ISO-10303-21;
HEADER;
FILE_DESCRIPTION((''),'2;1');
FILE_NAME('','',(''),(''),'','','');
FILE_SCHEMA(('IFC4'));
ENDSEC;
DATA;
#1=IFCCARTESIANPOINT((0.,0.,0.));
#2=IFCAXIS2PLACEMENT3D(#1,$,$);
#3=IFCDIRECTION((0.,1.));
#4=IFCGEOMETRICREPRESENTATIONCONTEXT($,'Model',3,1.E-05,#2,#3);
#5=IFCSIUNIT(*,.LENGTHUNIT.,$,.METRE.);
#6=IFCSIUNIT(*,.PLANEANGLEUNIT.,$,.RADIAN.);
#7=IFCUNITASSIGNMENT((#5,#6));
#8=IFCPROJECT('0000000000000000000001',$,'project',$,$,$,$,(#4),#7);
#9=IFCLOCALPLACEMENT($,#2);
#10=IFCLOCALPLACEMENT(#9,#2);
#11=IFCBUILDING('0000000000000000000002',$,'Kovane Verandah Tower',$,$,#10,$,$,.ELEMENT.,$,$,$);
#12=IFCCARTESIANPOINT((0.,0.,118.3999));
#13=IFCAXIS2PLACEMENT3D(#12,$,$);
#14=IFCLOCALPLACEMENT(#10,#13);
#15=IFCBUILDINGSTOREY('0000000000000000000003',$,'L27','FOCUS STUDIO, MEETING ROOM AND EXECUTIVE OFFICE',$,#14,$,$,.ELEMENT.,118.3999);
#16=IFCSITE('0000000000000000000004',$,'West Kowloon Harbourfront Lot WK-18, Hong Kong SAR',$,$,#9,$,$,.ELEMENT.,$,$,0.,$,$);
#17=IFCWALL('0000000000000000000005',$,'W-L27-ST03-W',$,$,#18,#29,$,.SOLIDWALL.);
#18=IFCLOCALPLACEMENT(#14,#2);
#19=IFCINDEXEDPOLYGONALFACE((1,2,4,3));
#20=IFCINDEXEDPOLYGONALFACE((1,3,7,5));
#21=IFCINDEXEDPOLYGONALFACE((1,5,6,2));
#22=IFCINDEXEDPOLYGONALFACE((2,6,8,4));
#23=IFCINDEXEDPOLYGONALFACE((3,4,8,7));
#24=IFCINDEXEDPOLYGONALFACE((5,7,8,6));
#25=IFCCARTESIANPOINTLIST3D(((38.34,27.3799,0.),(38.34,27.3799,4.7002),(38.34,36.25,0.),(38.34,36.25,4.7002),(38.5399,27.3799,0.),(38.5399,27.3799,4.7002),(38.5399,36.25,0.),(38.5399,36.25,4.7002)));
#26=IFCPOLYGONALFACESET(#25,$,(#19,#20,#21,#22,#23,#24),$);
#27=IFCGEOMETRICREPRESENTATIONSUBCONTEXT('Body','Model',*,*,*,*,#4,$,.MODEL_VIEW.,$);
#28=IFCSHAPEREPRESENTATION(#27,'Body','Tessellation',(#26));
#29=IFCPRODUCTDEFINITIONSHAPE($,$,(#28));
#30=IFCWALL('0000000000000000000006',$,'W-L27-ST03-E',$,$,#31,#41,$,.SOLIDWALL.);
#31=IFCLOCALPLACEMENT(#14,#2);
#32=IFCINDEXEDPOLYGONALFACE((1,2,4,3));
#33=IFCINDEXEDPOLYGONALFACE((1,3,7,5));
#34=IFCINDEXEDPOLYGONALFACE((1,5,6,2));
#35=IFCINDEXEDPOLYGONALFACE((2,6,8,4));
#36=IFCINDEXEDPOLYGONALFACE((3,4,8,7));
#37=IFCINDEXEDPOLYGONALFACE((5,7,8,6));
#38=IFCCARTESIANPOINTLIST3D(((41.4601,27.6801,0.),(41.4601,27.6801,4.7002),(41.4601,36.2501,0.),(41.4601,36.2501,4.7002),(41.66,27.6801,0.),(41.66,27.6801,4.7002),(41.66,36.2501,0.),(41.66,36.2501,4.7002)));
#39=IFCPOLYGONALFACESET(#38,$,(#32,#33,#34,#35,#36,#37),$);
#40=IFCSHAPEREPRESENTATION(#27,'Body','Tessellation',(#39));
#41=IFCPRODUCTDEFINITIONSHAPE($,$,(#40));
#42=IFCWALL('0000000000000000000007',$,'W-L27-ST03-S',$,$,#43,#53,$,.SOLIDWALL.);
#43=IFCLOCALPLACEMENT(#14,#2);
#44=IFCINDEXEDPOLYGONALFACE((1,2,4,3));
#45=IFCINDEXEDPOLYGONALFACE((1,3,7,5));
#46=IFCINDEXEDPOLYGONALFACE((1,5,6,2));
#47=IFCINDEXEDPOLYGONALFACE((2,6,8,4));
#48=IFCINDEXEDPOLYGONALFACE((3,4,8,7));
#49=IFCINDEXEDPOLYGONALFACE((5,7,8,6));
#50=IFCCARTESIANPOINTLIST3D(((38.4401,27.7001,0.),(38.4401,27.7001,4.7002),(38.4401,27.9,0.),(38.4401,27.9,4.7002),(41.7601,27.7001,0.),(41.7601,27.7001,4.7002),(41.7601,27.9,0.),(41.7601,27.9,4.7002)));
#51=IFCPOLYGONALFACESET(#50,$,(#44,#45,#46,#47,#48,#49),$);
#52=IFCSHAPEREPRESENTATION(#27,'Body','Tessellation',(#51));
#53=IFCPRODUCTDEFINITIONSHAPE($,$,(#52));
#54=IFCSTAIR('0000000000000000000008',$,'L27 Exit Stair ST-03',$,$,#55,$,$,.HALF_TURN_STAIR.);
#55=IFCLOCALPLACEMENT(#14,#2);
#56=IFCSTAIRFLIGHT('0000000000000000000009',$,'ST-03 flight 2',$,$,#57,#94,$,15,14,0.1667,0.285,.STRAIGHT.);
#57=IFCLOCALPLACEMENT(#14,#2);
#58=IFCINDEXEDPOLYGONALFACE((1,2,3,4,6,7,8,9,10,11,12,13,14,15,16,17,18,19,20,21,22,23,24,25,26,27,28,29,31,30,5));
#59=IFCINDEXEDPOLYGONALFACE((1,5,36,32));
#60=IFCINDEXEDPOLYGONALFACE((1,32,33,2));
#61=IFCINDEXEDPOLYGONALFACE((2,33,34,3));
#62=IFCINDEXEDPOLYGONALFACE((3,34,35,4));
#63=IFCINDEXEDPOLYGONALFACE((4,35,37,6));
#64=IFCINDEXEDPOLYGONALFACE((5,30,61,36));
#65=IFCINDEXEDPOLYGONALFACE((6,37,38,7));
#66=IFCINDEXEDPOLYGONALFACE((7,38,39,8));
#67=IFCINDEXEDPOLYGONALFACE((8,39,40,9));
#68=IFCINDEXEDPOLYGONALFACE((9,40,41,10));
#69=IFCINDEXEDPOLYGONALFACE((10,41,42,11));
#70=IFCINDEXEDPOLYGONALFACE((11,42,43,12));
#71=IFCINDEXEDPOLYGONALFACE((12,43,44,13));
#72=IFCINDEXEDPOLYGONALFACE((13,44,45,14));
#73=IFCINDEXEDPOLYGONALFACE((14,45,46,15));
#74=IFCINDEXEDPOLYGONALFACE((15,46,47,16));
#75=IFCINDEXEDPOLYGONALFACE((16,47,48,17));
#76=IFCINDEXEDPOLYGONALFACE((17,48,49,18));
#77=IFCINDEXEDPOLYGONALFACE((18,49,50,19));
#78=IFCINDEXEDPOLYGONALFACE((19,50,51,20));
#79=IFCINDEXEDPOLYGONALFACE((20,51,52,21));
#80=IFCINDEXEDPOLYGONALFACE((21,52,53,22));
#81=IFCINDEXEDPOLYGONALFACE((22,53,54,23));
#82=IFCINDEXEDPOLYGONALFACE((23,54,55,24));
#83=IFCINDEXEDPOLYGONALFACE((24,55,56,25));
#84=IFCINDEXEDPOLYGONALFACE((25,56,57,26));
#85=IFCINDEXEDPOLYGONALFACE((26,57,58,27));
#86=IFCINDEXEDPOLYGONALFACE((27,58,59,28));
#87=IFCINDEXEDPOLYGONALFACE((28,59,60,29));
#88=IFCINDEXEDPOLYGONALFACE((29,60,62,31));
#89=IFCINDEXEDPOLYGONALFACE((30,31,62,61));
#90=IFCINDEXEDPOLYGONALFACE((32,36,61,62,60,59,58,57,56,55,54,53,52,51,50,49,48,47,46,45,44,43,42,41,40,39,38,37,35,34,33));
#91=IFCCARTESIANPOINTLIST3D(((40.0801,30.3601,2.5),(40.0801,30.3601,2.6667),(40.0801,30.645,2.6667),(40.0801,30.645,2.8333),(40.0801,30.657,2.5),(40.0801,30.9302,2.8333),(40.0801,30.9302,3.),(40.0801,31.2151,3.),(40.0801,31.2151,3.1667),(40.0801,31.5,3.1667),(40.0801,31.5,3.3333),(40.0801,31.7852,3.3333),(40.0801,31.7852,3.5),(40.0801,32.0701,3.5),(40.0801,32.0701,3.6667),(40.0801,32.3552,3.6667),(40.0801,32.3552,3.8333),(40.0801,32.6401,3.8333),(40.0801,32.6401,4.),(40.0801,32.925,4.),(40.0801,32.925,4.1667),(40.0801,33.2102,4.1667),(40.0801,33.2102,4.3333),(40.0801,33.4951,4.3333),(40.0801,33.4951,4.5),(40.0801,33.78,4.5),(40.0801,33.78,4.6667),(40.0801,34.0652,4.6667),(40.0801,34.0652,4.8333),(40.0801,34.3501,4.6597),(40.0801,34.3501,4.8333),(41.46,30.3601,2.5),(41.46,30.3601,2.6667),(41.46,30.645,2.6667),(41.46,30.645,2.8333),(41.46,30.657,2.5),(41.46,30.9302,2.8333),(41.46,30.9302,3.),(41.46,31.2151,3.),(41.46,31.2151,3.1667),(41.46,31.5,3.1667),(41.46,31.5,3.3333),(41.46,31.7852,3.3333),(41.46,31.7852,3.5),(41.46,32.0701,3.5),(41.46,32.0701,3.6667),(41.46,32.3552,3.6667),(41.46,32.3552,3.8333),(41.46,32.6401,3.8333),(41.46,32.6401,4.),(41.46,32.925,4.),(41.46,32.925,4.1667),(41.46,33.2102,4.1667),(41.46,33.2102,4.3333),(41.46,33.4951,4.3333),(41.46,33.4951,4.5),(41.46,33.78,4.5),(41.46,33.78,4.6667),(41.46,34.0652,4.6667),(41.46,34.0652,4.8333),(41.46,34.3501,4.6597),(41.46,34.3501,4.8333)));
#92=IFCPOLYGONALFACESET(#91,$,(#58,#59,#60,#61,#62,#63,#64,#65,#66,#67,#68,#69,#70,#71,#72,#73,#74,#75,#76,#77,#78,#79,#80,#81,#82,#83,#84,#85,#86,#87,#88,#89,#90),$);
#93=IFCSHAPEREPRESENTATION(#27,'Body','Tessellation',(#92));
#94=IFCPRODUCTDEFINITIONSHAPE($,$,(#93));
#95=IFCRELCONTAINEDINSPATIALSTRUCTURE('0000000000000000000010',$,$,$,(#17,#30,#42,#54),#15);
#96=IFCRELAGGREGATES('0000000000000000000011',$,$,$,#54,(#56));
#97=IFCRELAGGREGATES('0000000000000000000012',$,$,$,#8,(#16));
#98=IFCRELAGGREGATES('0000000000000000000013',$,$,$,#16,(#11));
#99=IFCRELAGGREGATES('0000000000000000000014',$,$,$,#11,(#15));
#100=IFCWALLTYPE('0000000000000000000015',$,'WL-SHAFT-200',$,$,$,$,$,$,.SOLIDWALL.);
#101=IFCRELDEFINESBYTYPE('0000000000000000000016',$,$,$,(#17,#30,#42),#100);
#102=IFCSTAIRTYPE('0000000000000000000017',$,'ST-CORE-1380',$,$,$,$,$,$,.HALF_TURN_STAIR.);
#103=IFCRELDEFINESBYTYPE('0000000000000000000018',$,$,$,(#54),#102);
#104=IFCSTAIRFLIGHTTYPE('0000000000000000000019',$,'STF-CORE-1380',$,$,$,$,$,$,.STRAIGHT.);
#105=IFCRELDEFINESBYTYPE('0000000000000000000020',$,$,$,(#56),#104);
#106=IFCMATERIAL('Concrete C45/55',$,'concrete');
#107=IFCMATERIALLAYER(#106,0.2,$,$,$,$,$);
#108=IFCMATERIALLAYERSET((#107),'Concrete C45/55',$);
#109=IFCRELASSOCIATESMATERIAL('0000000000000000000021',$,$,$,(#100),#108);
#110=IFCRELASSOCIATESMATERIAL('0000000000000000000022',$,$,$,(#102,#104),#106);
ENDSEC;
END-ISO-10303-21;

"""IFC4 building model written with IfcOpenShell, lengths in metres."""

from ifc_helpers import new_model, si_unit, direction, frame, frame_2d, origin, place, context, subcontext, project, spatial, polyline, rectangle, outline, extrude, material, layer, layer_set, type_object, element, aggregate, save


model = new_model("IFC4")

# Units and contexts
model_context = context("Model", 3, precision=1e-05, world=origin(), true_north=direction((0.0, 1.0)))
body_context = subcontext(model_context, "Body", "Model", "MODEL_VIEW")
ifc_project = project(units=[si_unit("LENGTHUNIT", "METRE"), si_unit("PLANEANGLEUNIT", "RADIAN")], contexts=[model_context])

# Site, building, storey
site_placement = place(None, origin())
site = spatial("IfcSite", under=ifc_project, at=site_placement, Name="West Kowloon Harbourfront Lot WK-18, Hong Kong SAR", CompositionType="ELEMENT", RefElevation=0.0)
building_placement = place(site_placement, origin())
building = spatial("IfcBuilding", under=site, at=building_placement, Name="Kovane Verandah Tower", CompositionType="ELEMENT")
storey_placement = place(building_placement, frame((0.0, 0.0, 118.3999)))
storey = spatial("IfcBuildingStorey", under=building, at=storey_placement, Name="L27", Description="FOCUS STUDIO, MEETING ROOM AND EXECUTIVE OFFICE", CompositionType="ELEMENT", Elevation=118.3999)

# Shared definitions
ifc_material_1 = material(Name="Concrete C45/55", Category="concrete")
ifc_layer_1 = layer(ifc_material_1, 0.2)
ifc_layer_set_1 = layer_set([ifc_layer_1], Name="Concrete C45/55")
wall_type_1 = type_object("IfcWallType", Name="WL-SHAFT-200", PredefinedType="SOLIDWALL", material=ifc_layer_set_1)

# Walls
wall_1_placement = place(storey_placement, frame((38.4399, 27.3799, 0.0), z_axis=(0.0, 0.0, 1.0), x_axis=(0.0, 1.0, 0.0)))
element("IfcWall", 1, at=wall_1_placement, inside=storey, type_object=wall_type_1, Name="W-L27-ST03-W", PredefinedType="SOLIDWALL", context=body_context, shape_type="SweptSolid", body=[
    extrude(rectangle(XDim=8.8701, YDim=0.2, at=frame_2d((4.4351, 0.0))), origin(), (0.0, 0.0, 1.0), 4.7002),
])
wall_2_placement = place(storey_placement, frame((41.5601, 27.6799, 0.0), z_axis=(0.0, 0.0, 1.0), x_axis=(0.0, 1.0, 0.0)))
element("IfcWall", 2, at=wall_2_placement, inside=storey, type_object=wall_type_1, Name="W-L27-ST03-E", PredefinedType="SOLIDWALL", context=body_context, shape_type="SweptSolid", body=[
    extrude(rectangle(XDim=8.5701, YDim=0.2, at=frame_2d((4.2852, 0.0))), origin(), (0.0, 0.0, 1.0), 4.7002),
])
wall_3_placement = place(storey_placement, frame((38.4399, 27.8, 0.0), z_axis=(0.0, 0.0, 1.0), x_axis=(1.0, 0.0, 0.0)))
element("IfcWall", 3, at=wall_3_placement, inside=storey, type_object=wall_type_1, Name="W-L27-ST03-S", PredefinedType="SOLIDWALL", context=body_context, shape_type="SweptSolid", body=[
    extrude(rectangle(XDim=3.3201, YDim=0.2, at=frame_2d((1.6602, 0.0))), origin(), (0.0, 0.0, 1.0), 4.7002),
])

# Stair, stair flight
stair_type = type_object("IfcStairType", Name="ST-CORE-1380", PredefinedType="HALF_TURN_STAIR", material=ifc_material_1)
stair_placement = place(storey_placement, origin())
stair = element("IfcStair", 4, at=stair_placement, inside=storey, type_object=stair_type, Name="L27 Exit Stair ST-03", PredefinedType="HALF_TURN_STAIR")
stair_flight_type = type_object("IfcStairFlightType", Name="STF-CORE-1380", PredefinedType="STRAIGHT", material=ifc_material_1)
stair_flight_placement = place(storey_placement, frame((40.77, 30.3601, 2.5), z_axis=(0.0, 0.0, 1.0), x_axis=(0.0, 1.0, 0.0)))
stair_flight = element("IfcStairFlight", 5, at=stair_flight_placement, type_object=stair_flight_type, Name="ST-03 flight 2", NumberOfRisers=15, NumberOfTreads=14, PredefinedType="STRAIGHT", RiserHeight=0.1667, TreadLength=0.285, context=body_context, shape_type="SweptSolid", body=[
    extrude(outline(polyline([(0.0, 0.0), (0.0, 0.1667), (0.2849, 0.1667), (0.2849, 0.3333), (0.5701, 0.3333), (0.5701, 0.5), (0.855, 0.5), (0.855, 0.6667), (1.1399, 0.6667), (1.1399, 0.8333), (1.425, 0.8333), (1.425, 1.0), (1.71, 1.0), (1.71, 1.1667), (1.9951, 1.1667), (1.9951, 1.3333), (2.28, 1.3333), (2.28, 1.5), (2.5649, 1.5), (2.5649, 1.6667), (2.8501, 1.6667), (2.8501, 1.8333), (3.135, 1.8333), (3.135, 2.0), (3.4199, 2.0), (3.4199, 2.1667), (3.7051, 2.1667), (3.7051, 2.3333), (3.99, 2.3333), (3.99, 2.5), (3.99, 2.1597), (0.2969, 0.0), (0.0, 0.0)])), frame((0.0, 0.6899, 0.0), z_axis=(0.0, -1.0, 0.0), x_axis=(1.0, 0.0, 0.0)), (0.0, 0.0, 1.0), 1.3799),
])
aggregate(stair, [stair_flight])

save(model, "model.ifc")
